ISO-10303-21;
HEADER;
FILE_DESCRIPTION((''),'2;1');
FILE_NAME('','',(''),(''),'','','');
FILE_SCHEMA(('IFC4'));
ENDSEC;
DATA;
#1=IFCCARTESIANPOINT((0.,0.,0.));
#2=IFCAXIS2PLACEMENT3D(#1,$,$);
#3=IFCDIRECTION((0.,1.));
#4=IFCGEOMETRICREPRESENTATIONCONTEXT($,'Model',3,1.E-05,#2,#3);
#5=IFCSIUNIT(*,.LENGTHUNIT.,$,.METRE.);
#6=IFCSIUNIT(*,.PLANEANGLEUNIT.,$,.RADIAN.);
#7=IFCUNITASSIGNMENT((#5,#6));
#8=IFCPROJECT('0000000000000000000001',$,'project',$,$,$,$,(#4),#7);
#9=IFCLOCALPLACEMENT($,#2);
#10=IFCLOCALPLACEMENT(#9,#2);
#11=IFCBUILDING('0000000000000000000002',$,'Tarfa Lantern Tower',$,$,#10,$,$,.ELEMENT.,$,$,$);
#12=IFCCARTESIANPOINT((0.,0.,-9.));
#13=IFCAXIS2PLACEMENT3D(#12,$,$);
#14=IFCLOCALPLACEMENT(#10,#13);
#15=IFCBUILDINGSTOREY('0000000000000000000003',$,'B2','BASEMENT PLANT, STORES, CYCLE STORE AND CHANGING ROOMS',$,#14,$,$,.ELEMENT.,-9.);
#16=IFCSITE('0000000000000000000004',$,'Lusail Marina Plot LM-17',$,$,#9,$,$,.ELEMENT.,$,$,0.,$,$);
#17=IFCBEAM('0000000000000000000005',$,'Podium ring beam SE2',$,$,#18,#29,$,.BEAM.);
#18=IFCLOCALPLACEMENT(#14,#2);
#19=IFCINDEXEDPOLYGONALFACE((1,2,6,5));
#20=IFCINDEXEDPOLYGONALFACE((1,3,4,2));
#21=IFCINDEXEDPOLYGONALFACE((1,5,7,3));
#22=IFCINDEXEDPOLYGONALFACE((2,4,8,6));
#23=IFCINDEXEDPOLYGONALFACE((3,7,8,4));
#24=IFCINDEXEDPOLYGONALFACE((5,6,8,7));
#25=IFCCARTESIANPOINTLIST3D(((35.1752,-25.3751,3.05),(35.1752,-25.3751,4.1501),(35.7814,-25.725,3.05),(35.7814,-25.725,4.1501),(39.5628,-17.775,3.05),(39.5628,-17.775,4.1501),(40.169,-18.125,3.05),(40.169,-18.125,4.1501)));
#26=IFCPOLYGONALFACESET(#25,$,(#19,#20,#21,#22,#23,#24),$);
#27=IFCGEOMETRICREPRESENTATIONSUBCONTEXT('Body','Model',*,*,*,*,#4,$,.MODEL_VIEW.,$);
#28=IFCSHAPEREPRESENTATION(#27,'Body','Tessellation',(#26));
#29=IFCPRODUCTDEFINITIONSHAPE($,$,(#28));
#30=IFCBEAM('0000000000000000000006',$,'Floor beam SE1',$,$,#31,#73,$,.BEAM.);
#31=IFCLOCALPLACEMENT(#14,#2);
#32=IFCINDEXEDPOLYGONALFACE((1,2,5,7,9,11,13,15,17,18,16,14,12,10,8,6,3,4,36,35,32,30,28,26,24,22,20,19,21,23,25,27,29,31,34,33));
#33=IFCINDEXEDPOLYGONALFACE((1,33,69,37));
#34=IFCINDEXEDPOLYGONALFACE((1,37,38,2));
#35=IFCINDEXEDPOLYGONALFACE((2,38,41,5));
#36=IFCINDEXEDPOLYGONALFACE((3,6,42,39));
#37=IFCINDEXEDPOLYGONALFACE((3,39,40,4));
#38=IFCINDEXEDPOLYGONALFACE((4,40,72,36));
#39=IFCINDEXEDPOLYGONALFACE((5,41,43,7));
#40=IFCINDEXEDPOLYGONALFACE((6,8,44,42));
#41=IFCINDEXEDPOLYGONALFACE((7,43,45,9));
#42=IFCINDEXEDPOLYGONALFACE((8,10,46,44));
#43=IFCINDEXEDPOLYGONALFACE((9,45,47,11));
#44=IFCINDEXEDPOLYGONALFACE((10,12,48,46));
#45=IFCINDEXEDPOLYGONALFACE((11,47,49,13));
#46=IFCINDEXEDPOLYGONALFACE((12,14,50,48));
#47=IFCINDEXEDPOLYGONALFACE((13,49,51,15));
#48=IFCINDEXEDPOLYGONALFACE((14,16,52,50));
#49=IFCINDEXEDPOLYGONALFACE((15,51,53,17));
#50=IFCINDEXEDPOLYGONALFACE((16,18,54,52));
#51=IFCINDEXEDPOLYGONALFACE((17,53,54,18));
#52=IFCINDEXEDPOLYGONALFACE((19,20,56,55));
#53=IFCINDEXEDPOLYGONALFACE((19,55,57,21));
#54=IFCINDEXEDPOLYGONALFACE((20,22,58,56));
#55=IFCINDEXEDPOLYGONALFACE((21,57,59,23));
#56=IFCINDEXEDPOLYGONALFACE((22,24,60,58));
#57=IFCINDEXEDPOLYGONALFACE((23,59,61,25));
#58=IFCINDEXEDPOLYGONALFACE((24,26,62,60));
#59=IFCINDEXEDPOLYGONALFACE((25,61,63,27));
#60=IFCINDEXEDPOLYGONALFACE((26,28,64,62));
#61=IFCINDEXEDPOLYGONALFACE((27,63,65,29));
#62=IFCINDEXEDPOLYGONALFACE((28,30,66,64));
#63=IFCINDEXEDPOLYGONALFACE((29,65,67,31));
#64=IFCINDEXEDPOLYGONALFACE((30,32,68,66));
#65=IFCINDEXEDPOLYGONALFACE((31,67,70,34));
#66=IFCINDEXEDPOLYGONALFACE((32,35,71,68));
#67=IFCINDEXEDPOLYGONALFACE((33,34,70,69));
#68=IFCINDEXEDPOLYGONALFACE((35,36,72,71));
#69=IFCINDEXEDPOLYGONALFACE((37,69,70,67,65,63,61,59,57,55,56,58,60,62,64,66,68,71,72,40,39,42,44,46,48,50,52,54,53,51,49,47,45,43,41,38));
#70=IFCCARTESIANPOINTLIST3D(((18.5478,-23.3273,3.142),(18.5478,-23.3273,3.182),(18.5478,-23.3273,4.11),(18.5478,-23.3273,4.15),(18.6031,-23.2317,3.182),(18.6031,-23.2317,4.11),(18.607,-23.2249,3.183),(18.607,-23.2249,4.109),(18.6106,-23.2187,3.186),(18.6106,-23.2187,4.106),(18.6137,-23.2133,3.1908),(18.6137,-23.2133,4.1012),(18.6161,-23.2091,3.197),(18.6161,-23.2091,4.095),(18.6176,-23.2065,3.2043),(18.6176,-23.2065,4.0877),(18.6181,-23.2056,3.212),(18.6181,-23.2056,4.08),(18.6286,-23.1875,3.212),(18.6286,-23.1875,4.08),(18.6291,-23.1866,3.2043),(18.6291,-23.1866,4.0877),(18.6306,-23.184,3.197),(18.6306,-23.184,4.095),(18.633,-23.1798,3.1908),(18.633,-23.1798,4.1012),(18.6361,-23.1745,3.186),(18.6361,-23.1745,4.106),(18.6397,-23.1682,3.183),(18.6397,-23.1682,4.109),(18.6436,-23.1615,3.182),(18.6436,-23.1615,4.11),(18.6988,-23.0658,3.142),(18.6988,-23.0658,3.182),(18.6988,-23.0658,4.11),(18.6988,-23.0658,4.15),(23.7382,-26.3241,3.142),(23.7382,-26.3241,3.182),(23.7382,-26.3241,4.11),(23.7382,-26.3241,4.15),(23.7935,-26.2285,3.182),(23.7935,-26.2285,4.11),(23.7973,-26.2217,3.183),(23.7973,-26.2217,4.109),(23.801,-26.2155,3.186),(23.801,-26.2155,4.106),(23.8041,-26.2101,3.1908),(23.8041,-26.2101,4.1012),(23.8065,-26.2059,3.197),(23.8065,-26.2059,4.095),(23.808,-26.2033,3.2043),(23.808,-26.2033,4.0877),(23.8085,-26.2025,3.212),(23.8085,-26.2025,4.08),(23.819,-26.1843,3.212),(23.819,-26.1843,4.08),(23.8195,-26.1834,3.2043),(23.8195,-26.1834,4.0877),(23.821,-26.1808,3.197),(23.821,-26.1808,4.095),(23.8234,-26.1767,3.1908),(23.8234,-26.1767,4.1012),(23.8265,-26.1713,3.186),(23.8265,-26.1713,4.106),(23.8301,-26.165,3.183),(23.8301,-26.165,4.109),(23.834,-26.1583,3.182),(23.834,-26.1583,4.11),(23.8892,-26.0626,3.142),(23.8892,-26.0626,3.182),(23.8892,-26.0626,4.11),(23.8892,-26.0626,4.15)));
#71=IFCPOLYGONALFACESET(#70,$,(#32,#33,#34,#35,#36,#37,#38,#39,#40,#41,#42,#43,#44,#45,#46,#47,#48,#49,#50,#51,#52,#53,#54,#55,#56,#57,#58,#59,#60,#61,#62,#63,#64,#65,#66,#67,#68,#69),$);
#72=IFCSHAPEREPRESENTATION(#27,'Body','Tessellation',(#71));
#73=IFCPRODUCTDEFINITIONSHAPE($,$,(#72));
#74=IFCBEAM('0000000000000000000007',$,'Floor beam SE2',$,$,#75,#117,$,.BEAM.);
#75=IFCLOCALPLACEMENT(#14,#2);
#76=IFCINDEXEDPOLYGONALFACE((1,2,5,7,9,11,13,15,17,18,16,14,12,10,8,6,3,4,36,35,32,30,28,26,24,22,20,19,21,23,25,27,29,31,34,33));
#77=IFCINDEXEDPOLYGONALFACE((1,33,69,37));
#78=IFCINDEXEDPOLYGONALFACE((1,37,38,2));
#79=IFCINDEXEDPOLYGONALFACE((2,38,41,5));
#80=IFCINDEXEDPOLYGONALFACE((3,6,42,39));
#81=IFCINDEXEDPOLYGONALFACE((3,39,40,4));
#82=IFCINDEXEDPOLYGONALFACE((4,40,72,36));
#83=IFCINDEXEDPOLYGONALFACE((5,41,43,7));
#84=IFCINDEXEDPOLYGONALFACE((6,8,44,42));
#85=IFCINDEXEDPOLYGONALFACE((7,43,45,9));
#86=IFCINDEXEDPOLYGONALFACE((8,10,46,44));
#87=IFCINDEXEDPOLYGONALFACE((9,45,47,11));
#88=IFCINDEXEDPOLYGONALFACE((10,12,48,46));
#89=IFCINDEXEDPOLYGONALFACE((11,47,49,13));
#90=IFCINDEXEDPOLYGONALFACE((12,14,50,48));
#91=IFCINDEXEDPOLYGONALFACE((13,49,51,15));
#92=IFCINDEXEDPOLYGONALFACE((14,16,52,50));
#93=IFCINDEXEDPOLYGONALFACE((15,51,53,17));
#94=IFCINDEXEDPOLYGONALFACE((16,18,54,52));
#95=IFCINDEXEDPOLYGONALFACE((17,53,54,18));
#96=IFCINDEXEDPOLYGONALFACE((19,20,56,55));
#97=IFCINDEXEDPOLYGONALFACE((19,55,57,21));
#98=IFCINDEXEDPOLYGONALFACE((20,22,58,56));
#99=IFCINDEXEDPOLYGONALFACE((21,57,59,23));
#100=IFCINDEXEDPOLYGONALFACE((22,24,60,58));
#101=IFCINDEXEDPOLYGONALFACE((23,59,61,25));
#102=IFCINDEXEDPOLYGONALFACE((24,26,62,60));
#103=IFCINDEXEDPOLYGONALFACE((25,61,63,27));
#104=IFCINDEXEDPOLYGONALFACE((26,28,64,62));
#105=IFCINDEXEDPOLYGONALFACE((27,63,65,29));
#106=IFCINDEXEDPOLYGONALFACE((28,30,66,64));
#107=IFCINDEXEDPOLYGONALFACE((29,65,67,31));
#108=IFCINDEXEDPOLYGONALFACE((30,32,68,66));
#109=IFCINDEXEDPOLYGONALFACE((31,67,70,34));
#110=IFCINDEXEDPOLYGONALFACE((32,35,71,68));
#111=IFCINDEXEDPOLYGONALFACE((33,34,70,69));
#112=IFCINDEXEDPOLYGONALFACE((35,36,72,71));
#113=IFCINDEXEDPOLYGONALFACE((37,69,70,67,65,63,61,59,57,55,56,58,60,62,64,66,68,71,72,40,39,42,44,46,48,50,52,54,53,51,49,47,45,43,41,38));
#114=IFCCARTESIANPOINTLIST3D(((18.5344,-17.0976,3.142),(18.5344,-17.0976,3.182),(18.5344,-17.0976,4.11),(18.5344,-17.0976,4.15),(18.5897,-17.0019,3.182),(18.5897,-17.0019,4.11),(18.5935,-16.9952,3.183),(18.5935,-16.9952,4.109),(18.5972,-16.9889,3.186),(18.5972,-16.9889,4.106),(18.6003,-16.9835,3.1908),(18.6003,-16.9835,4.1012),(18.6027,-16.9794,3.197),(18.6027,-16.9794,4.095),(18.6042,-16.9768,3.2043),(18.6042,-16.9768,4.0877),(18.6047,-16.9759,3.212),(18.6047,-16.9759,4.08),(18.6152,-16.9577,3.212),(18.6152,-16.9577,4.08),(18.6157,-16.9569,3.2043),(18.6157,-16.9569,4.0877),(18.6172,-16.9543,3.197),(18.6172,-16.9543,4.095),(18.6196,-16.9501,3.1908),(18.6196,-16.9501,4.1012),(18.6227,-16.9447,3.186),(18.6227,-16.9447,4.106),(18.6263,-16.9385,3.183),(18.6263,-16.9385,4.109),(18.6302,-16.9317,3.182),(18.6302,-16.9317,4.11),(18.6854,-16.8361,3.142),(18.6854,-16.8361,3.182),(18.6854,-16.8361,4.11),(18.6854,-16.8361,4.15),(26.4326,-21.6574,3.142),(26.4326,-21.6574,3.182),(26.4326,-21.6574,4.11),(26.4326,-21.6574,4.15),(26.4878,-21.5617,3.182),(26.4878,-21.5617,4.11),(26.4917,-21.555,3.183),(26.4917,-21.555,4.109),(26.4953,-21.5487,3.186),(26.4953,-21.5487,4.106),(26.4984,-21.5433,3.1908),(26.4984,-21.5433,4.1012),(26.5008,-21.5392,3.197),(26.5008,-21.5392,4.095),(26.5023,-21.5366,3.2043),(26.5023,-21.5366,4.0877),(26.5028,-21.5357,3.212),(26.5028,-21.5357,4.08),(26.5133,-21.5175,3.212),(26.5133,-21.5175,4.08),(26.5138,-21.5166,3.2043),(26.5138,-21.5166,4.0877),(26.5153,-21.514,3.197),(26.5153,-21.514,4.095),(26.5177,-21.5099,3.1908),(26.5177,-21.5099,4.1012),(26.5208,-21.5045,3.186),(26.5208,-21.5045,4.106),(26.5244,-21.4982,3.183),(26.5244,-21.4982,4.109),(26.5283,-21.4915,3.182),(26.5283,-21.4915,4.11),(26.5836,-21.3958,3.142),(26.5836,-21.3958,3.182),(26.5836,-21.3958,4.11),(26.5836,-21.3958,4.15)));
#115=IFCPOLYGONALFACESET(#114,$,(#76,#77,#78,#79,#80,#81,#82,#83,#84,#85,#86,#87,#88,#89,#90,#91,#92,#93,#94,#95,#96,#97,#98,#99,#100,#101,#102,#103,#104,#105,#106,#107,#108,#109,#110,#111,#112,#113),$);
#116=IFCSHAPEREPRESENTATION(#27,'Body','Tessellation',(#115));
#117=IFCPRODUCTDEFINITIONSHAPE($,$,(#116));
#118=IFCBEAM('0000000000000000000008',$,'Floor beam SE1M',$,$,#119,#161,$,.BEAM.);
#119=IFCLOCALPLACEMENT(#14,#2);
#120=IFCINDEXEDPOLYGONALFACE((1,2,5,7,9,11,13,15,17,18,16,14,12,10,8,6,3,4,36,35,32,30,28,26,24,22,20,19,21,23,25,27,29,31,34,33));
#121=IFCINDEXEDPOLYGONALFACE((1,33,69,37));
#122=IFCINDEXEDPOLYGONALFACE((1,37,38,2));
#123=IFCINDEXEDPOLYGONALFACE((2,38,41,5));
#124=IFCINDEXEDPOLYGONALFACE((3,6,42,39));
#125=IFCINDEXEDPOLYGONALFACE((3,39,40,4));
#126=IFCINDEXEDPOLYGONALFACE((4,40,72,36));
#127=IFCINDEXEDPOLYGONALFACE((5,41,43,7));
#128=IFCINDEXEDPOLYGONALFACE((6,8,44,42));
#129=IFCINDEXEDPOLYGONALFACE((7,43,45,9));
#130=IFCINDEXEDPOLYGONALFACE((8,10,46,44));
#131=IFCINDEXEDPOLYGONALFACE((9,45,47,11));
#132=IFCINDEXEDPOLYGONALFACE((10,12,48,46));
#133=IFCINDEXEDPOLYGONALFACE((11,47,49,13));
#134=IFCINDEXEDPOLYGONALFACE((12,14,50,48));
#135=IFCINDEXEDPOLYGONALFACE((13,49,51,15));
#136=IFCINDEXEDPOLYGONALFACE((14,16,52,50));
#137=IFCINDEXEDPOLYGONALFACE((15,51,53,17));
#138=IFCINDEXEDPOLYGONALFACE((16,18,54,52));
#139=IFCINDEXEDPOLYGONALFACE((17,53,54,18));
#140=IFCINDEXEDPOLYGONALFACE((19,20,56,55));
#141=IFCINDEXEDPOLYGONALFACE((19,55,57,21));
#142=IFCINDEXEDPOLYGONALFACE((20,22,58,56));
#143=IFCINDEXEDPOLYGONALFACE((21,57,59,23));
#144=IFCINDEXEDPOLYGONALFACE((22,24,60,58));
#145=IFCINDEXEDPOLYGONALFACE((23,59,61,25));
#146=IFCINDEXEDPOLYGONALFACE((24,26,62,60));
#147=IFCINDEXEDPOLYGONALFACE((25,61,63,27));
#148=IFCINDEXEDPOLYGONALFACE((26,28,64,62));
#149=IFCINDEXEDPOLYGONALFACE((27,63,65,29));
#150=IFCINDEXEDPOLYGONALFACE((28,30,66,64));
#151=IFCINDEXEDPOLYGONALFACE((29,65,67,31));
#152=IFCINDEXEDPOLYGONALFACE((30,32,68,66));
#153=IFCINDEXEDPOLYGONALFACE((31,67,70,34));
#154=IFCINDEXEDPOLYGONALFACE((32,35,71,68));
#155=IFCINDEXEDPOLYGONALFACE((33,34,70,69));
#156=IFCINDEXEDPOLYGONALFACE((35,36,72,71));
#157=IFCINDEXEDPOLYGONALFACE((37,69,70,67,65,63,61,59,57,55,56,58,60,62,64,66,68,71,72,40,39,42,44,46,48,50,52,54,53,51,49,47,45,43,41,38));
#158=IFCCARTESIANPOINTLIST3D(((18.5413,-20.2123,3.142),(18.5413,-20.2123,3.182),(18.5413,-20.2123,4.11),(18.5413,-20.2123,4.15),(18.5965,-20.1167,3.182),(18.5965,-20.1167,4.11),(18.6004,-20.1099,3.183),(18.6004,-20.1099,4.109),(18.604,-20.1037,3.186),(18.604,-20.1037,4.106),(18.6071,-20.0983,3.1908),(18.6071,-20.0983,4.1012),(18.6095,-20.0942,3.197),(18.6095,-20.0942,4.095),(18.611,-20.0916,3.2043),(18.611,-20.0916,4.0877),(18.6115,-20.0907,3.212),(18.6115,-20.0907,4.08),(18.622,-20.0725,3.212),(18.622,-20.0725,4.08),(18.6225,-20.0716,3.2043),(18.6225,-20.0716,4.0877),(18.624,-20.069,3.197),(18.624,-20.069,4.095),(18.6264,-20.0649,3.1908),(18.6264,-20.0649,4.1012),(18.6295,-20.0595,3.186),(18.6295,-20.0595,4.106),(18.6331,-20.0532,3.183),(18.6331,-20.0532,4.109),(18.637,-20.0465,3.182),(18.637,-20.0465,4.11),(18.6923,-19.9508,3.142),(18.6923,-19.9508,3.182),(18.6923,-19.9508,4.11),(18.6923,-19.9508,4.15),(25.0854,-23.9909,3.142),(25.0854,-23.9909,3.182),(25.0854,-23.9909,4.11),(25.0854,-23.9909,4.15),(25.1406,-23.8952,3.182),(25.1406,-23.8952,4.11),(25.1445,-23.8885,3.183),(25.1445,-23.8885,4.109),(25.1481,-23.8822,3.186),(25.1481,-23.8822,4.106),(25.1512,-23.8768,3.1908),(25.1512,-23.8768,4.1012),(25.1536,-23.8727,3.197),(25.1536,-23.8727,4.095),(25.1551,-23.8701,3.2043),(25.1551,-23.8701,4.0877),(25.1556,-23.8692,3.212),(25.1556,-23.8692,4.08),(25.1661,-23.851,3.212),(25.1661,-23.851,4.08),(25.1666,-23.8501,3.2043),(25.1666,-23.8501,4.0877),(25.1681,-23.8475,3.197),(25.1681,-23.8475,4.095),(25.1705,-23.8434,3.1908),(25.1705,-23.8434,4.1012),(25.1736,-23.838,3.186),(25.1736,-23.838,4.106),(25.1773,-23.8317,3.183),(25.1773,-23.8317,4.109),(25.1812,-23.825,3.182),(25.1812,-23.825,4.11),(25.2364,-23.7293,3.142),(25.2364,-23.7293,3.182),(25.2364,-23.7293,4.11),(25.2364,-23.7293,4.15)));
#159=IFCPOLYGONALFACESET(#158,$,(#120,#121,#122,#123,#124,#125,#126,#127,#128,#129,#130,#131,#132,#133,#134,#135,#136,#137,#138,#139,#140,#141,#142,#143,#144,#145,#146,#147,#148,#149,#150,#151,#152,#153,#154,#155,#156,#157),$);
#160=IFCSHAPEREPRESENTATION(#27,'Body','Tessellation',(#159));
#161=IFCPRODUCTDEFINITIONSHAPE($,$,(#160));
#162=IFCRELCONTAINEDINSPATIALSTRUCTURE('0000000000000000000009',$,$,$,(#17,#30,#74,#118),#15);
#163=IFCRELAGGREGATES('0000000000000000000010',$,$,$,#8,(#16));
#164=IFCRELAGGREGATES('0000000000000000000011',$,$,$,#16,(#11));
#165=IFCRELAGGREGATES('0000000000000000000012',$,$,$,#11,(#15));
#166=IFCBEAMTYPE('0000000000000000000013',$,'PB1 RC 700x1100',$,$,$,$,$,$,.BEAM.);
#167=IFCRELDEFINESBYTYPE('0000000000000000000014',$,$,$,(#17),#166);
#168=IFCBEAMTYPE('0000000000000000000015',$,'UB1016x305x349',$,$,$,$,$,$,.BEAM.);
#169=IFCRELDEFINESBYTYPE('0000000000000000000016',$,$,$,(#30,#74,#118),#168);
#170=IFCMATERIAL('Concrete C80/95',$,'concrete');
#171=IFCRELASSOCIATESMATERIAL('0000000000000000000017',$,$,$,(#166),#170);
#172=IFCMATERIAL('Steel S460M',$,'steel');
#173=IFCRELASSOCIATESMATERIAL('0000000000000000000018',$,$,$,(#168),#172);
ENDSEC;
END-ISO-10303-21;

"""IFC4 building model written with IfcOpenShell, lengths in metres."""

from ifc_helpers import new_model, si_unit, direction, frame, origin, origin_2d, place, context, subcontext, project, spatial, rectangle, i_section, extrude, material, material_profile, profile_set, type_object, element, save


model = new_model("IFC4")

# Units and contexts
model_context = context("Model", 3, precision=1e-05, world=origin(), true_north=direction((0.0, 1.0)))
body_context = subcontext(model_context, "Body", "Model", "MODEL_VIEW")
ifc_project = project(units=[si_unit("LENGTHUNIT", "METRE"), si_unit("PLANEANGLEUNIT", "RADIAN")], contexts=[model_context])

# Site, building, storey
site_placement = place(None, origin())
site = spatial("IfcSite", under=ifc_project, at=site_placement, Name="Lusail Marina Plot LM-17", CompositionType="ELEMENT", RefElevation=0.0)
building_placement = place(site_placement, origin())
building = spatial("IfcBuilding", under=site, at=building_placement, Name="Tarfa Lantern Tower", CompositionType="ELEMENT")
storey_placement = place(building_placement, frame((0.0, 0.0, -9.0)))
storey = spatial("IfcBuildingStorey", under=building, at=storey_placement, Name="B2", Description="BASEMENT PLANT, STORES, CYCLE STORE AND CHANGING ROOMS", CompositionType="ELEMENT", Elevation=-9.0)

# Shared definitions
ifc_material_1 = material(Name="Concrete C80/95", Category="concrete")

# Beams
ifc_material_profile_1 = material_profile(ifc_material_1, rectangle(XDim=0.7, YDim=1.1001, at=origin_2d()), Name="RC 700x1100")
ifc_profile_set_1 = profile_set([ifc_material_profile_1], Name="Concrete C80/95")
beam_type_1 = type_object("IfcBeamType", Name="PB1 RC 700x1100", PredefinedType="BEAM", material=ifc_profile_set_1)
beam_1_placement = place(storey_placement, frame((35.4783, -25.55, 3.6001), z_axis=(0.499981, 0.866036, 0.0), x_axis=(-0.866036, 0.499981, 0.0)))
element("IfcBeam", 1, at=beam_1_placement, inside=storey, type_object=beam_type_1, Name="Podium ring beam SE2", PredefinedType="BEAM", context=body_context, shape_type="SweptSolid", body=[
    extrude(rectangle(XDim=0.7, YDim=1.1001, at=origin_2d()), origin(), (0.0, 0.0, 1.0), 8.7756),
])
ifc_material_2 = material(Name="Steel S460M", Category="steel")
ifc_material_profile_2 = material_profile(ifc_material_2, i_section(OverallWidth=0.302, OverallDepth=1.0081, WebThickness=0.021, FlangeThickness=0.04, FilletRadius=0.03, at=origin_2d()), Name="UB1016x305x349")
ifc_profile_set_2 = profile_set([ifc_material_profile_2], Name="Steel S460M")
beam_type_2 = type_object("IfcBeamType", Name="UB1016x305x349", PredefinedType="BEAM", material=ifc_profile_set_2)
beam_2_placement = place(storey_placement, frame((23.8137, -26.1934, 3.646), z_axis=(-0.866016, 0.500016, 0.0), x_axis=(-0.500016, -0.866016, 0.0)))
element("IfcBeam", 2, at=beam_2_placement, inside=storey, type_object=beam_type_2, Name="Floor beam SE1", PredefinedType="BEAM", context=body_context, shape_type="SweptSolid", body=[
    extrude(i_section(OverallWidth=0.302, OverallDepth=1.0081, WebThickness=0.021, FlangeThickness=0.04, FilletRadius=0.03, at=origin_2d()), origin(), (0.0, 0.0, 1.0), 5.9934),
])
beam_3_placement = place(storey_placement, frame((26.5081, -21.5266, 3.646), z_axis=(-0.866035, 0.499983, 0.0), x_axis=(-0.499983, -0.866035, 0.0)))
element("IfcBeam", 3, at=beam_3_placement, inside=storey, type_object=beam_type_2, Name="Floor beam SE2", PredefinedType="BEAM", context=body_context, shape_type="SweptSolid", body=[
    extrude(i_section(OverallWidth=0.302, OverallDepth=1.0081, WebThickness=0.021, FlangeThickness=0.04, FilletRadius=0.03, at=origin_2d()), origin(), (0.0, 0.0, 1.0), 9.1199),
])
beam_4_placement = place(storey_placement, frame((25.1609, -23.8601, 3.646), z_axis=(-0.86601, 0.500027, 0.0), x_axis=(-0.500027, -0.86601, 0.0)))
element("IfcBeam", 4, at=beam_4_placement, inside=storey, type_object=beam_type_2, Name="Floor beam SE1M", PredefinedType="BEAM", context=body_context, shape_type="SweptSolid", body=[
    extrude(i_section(OverallWidth=0.302, OverallDepth=1.0081, WebThickness=0.021, FlangeThickness=0.04, FilletRadius=0.03, at=origin_2d()), origin(), (0.0, 0.0, 1.0), 7.5566),
])

save(model, "model.ifc")
